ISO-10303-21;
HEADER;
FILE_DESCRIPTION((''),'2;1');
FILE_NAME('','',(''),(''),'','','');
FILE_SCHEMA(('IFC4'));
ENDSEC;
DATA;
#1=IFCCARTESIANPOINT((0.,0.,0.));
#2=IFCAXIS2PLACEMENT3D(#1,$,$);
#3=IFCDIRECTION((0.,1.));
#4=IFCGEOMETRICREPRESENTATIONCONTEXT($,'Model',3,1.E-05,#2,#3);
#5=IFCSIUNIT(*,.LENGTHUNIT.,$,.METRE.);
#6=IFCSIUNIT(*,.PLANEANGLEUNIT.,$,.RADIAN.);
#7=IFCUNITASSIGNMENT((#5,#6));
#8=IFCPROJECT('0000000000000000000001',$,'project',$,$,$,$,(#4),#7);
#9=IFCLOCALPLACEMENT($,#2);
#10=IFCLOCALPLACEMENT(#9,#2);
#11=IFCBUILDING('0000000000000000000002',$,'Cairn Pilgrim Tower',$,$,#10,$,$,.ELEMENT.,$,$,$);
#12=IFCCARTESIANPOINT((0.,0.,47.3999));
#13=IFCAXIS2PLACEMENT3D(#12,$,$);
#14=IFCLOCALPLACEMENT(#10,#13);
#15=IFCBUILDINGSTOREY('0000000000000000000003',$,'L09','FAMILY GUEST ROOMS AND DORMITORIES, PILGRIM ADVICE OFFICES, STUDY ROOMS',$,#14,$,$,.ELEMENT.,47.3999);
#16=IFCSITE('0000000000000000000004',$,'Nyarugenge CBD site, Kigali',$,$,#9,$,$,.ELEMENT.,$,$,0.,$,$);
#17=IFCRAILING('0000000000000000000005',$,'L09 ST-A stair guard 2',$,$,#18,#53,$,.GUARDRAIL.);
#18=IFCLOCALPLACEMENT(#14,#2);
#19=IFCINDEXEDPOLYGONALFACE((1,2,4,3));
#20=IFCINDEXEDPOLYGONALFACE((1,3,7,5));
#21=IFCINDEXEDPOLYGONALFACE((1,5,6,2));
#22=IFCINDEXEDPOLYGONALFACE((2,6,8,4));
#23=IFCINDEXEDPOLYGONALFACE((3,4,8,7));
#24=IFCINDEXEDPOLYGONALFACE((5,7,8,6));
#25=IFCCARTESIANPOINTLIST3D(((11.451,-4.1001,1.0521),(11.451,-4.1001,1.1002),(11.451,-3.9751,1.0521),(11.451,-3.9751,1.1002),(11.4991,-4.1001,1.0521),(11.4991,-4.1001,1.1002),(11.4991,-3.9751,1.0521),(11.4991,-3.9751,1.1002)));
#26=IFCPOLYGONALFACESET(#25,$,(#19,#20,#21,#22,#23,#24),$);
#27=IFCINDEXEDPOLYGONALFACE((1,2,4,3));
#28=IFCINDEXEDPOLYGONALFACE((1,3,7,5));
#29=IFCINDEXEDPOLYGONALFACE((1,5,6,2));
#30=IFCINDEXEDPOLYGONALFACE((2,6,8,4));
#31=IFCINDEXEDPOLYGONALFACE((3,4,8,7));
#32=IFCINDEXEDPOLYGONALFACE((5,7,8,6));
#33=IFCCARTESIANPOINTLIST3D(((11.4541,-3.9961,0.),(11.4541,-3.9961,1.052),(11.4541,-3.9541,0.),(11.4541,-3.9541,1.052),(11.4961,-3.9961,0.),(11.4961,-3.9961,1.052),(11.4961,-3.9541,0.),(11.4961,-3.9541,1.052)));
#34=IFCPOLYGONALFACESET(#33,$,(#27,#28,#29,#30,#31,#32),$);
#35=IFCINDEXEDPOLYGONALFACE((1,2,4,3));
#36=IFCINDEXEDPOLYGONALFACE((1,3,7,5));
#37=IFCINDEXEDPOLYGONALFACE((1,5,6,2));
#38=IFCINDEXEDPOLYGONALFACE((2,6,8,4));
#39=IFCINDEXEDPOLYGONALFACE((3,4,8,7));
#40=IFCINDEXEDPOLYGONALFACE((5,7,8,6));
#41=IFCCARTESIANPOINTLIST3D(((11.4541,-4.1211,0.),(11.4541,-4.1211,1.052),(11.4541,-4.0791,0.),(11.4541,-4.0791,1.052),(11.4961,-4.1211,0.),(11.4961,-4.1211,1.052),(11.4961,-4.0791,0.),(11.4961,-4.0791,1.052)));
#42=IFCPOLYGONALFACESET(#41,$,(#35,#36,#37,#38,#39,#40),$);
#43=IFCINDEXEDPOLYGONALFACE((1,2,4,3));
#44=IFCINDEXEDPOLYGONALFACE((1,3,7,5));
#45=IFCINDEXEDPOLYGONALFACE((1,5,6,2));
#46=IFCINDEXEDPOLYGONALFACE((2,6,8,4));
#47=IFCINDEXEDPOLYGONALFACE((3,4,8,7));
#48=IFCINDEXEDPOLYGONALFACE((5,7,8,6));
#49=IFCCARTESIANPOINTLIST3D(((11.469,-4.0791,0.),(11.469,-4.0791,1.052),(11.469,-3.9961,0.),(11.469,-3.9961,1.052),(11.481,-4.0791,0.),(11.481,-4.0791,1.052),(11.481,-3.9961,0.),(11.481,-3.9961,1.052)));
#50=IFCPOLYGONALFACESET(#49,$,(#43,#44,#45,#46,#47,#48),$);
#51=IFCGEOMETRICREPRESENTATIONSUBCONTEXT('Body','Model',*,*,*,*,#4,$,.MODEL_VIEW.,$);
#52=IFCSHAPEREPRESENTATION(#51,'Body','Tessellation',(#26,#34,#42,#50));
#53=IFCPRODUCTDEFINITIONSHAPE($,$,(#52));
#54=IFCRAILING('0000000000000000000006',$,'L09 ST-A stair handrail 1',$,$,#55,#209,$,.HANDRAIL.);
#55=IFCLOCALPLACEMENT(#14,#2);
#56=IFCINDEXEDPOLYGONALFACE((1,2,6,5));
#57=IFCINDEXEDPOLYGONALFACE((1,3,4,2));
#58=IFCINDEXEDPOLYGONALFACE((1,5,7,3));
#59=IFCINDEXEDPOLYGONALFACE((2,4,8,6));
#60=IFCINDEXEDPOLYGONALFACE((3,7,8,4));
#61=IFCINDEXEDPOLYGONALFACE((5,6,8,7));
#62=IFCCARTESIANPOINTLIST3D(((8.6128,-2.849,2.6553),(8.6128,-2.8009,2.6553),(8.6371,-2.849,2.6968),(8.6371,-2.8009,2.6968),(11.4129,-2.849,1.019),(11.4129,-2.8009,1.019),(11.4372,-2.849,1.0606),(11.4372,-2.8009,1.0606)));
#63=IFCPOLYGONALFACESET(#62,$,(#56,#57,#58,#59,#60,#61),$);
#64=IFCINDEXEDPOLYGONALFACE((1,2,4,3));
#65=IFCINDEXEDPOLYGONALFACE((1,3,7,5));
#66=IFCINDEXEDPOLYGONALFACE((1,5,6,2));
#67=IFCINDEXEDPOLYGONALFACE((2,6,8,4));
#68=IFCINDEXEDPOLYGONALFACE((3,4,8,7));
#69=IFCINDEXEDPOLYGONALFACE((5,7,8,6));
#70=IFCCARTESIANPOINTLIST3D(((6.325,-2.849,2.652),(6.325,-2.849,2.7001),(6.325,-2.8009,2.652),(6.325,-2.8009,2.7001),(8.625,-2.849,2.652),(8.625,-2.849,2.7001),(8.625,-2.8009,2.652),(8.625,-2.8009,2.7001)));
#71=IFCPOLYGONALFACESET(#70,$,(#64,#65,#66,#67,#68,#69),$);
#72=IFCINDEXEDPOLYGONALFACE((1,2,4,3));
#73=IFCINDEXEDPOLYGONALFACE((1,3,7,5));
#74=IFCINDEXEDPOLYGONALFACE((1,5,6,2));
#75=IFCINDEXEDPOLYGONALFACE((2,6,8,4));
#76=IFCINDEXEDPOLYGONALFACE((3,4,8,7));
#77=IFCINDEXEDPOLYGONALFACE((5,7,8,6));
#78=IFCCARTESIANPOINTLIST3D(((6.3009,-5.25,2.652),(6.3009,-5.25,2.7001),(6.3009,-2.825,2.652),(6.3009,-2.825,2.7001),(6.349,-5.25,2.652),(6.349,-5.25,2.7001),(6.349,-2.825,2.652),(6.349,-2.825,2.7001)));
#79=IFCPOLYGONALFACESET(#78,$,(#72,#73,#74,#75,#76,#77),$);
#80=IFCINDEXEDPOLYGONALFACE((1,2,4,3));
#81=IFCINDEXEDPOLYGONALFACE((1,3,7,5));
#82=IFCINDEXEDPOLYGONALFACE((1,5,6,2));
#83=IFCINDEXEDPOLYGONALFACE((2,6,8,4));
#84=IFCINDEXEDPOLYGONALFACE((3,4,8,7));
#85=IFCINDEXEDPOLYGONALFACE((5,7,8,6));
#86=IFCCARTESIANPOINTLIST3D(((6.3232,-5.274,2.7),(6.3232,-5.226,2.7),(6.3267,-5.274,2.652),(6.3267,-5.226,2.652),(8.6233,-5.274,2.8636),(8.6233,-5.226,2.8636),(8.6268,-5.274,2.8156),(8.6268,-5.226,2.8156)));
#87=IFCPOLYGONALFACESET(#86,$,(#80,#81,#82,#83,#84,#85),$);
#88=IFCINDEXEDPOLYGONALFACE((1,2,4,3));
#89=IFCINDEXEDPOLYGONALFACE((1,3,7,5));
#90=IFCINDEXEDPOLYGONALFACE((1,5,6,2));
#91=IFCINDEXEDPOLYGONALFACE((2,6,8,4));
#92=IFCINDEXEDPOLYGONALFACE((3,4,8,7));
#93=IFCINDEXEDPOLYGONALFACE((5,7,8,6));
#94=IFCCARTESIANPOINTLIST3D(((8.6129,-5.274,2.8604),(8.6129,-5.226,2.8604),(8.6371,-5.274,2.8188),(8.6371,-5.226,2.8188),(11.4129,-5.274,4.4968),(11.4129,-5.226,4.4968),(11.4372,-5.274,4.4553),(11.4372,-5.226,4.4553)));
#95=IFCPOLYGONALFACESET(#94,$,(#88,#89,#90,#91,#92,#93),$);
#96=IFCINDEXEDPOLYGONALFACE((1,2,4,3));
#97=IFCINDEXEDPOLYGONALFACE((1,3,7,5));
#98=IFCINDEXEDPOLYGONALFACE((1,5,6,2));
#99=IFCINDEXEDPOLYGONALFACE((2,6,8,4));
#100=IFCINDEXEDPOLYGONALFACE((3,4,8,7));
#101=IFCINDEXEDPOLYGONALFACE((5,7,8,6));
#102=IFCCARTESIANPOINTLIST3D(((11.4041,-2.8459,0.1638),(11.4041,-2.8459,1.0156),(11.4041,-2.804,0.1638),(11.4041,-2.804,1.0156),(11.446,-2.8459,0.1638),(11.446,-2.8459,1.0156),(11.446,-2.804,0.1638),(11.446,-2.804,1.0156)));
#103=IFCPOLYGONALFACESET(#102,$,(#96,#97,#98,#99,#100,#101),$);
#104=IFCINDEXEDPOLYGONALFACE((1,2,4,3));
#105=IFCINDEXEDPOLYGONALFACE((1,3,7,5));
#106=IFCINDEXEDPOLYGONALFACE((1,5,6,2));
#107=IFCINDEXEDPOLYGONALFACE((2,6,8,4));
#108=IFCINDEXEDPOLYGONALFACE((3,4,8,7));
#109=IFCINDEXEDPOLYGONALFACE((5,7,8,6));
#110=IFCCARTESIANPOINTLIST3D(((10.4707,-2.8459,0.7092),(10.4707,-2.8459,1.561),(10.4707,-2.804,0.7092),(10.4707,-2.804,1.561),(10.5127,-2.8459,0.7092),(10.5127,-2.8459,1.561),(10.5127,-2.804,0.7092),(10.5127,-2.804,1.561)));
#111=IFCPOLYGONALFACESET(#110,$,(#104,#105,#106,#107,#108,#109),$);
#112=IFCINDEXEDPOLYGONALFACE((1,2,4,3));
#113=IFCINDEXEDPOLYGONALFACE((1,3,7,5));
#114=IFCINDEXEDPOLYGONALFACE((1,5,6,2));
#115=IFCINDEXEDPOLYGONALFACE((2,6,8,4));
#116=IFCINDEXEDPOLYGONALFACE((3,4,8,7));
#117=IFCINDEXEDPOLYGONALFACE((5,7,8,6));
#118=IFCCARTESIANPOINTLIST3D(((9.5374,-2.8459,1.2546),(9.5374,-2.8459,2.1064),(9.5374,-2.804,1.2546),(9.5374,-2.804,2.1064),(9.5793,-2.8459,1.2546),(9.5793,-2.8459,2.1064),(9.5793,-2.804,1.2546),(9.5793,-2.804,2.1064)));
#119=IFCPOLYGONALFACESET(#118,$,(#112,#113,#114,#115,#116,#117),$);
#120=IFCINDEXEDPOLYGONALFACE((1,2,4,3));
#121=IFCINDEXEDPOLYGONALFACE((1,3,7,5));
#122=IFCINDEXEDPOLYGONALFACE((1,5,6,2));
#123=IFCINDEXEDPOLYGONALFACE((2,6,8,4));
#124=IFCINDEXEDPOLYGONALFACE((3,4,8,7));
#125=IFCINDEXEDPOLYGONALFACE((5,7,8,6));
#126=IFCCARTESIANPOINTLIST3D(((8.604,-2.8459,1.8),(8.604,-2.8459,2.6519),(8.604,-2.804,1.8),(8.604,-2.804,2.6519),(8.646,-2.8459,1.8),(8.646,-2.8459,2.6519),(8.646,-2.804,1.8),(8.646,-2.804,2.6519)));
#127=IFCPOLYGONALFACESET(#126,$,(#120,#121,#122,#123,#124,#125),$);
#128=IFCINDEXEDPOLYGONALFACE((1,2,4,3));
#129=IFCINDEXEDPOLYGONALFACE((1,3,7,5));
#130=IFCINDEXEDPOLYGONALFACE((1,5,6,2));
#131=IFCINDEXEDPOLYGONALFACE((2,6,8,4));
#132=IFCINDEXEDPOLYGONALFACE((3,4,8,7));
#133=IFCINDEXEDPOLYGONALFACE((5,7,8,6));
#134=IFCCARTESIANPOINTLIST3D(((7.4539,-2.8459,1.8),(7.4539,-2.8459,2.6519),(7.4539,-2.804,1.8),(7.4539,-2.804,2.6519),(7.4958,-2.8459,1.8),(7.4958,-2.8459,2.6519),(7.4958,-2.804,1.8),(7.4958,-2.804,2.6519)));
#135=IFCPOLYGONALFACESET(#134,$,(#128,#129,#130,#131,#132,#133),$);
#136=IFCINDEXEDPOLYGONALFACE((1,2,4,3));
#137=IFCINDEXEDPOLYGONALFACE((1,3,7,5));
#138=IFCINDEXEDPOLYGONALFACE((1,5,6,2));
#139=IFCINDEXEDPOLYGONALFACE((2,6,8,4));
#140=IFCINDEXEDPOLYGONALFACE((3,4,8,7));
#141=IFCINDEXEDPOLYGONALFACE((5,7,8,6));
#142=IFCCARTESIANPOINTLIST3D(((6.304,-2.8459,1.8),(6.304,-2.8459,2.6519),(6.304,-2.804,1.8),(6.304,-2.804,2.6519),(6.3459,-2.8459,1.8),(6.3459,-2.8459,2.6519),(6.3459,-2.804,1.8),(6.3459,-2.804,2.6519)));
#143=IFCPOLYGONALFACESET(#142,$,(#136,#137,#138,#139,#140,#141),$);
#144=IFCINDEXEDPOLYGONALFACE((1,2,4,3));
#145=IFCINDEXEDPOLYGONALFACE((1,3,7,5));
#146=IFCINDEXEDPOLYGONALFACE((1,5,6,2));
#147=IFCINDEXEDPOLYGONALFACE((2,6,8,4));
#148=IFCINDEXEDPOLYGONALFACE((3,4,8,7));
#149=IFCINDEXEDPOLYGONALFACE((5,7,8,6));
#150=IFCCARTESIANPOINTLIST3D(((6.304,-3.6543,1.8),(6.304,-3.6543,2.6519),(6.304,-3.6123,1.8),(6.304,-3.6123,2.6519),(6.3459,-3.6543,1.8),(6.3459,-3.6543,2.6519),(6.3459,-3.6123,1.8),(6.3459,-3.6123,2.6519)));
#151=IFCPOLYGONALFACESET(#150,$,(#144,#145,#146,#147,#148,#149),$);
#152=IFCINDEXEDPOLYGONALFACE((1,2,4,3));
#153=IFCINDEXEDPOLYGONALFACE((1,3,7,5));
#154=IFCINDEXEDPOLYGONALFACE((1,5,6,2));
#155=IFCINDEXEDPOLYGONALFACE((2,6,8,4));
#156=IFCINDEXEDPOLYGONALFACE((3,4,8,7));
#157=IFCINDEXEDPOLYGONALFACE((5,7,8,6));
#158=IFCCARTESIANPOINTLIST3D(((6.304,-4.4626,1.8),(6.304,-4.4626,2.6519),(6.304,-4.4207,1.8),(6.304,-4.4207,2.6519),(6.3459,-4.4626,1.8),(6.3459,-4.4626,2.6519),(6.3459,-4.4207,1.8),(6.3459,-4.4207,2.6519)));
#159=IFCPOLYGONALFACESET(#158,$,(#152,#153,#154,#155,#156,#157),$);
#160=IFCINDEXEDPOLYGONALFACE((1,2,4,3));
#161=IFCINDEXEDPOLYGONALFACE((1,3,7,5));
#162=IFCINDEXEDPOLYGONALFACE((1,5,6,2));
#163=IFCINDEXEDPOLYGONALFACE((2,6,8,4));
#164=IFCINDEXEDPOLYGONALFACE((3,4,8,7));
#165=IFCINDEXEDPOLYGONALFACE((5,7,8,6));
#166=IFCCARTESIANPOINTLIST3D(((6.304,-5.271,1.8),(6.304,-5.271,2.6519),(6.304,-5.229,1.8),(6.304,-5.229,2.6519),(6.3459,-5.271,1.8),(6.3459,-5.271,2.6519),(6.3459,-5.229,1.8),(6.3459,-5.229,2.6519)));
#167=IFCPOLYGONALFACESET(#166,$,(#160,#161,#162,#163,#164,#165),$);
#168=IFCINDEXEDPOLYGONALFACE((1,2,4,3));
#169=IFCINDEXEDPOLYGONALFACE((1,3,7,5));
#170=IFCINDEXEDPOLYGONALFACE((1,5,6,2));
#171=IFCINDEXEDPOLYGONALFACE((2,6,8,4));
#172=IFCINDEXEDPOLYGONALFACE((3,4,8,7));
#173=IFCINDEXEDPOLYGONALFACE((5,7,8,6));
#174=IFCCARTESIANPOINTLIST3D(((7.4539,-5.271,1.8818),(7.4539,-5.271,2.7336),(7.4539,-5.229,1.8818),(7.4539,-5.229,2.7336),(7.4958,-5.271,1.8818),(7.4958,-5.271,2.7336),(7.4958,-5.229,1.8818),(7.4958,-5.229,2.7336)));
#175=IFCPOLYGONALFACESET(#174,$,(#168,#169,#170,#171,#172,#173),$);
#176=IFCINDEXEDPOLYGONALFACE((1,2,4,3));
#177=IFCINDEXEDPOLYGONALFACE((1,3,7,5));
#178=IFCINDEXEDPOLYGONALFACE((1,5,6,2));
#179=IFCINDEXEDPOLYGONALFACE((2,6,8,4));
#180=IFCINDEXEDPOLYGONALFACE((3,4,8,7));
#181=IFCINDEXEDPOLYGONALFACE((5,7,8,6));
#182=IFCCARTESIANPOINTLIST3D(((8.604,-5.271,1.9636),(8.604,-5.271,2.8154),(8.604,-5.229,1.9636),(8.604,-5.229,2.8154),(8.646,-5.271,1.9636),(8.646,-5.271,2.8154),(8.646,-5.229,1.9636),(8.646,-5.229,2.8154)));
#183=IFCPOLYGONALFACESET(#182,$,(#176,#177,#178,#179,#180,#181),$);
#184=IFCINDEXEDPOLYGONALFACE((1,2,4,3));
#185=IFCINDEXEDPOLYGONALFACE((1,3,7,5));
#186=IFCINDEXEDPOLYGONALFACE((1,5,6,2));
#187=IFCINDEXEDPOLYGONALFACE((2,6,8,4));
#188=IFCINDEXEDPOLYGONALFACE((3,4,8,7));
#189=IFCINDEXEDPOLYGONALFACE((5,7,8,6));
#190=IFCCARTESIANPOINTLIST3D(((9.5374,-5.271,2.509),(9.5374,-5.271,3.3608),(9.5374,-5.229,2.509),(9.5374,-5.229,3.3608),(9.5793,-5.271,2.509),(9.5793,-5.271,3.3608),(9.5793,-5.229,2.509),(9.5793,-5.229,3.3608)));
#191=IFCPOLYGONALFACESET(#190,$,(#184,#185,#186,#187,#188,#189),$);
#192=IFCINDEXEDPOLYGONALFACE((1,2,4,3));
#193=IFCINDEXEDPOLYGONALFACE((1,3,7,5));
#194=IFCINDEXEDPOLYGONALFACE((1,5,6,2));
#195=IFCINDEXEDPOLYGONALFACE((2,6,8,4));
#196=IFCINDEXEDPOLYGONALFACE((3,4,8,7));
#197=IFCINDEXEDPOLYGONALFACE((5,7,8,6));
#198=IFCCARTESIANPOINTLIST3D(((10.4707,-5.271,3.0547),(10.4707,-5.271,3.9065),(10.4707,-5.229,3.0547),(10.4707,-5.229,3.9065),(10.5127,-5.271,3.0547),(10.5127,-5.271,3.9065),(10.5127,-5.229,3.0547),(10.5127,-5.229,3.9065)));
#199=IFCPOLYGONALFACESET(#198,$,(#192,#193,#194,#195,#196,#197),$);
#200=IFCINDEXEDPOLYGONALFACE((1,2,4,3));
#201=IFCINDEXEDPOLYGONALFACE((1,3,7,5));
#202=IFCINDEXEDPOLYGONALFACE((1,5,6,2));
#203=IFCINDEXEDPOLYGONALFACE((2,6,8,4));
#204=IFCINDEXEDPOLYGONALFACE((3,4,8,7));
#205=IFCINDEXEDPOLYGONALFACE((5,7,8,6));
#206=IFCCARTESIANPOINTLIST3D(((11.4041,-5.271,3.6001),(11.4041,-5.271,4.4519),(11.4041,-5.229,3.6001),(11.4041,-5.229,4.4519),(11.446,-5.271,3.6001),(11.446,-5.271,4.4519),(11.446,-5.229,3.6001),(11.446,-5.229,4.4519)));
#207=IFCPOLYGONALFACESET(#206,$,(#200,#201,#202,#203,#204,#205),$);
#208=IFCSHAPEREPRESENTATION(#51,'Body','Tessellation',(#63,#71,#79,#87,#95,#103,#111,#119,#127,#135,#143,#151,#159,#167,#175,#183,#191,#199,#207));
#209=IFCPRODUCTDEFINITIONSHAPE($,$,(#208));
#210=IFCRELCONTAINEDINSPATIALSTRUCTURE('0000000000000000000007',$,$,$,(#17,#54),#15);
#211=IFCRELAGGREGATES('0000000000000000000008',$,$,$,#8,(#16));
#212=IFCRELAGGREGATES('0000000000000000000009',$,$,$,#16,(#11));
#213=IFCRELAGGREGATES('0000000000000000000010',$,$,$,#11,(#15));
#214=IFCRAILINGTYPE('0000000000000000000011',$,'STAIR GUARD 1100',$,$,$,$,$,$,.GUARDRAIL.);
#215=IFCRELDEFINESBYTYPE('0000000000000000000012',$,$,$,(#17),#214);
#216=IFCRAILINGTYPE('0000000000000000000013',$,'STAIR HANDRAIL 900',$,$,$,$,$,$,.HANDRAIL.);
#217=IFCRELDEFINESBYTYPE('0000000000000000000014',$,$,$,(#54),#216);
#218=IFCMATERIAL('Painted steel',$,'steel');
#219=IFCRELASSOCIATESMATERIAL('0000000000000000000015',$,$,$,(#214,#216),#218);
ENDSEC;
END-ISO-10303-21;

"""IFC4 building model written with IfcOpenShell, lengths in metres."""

from ifc_helpers import new_model, si_unit, direction, frame, origin, origin_2d, place, context, subcontext, project, spatial, polyline, rectangle, outline, extrude, material, type_object, element, save


model = new_model("IFC4")

# Units and contexts
model_context = context("Model", 3, precision=1e-05, world=origin(), true_north=direction((0.0, 1.0)))
body_context = subcontext(model_context, "Body", "Model", "MODEL_VIEW")
ifc_project = project(units=[si_unit("LENGTHUNIT", "METRE"), si_unit("PLANEANGLEUNIT", "RADIAN")], contexts=[model_context])

# Site, building, storey
site_placement = place(None, origin())
site = spatial("IfcSite", under=ifc_project, at=site_placement, Name="Nyarugenge CBD site, Kigali", CompositionType="ELEMENT", RefElevation=0.0)
building_placement = place(site_placement, origin())
building = spatial("IfcBuilding", under=site, at=building_placement, Name="Cairn Pilgrim Tower", CompositionType="ELEMENT")
storey_placement = place(building_placement, frame((0.0, 0.0, 47.3999)))
storey = spatial("IfcBuildingStorey", under=building, at=storey_placement, Name="L09", Description="FAMILY GUEST ROOMS AND DORMITORIES, PILGRIM ADVICE OFFICES, STUDY ROOMS", CompositionType="ELEMENT", Elevation=47.3999)

# Shared definitions
ifc_material_1 = material(Name="Painted steel", Category="steel")

# Railings
railing_type_1 = type_object("IfcRailingType", Name="STAIR GUARD 1100", PredefinedType="GUARDRAIL", material=ifc_material_1)
railing_1_placement = place(storey_placement, frame((11.4751, -3.9751, 0.0)))
element("IfcRailing", 1, at=railing_1_placement, inside=storey, type_object=railing_type_1, Name="L09 ST-A stair guard 2", PredefinedType="GUARDRAIL", context=body_context, shape_type="SweptSolid", body=[
    extrude(rectangle(XDim=0.0481, YDim=0.0481, at=origin_2d()), frame((0.0, 0.0, 1.0762), z_axis=(0.0, -1.0, 0.0), x_axis=(1.0, 0.0, 0.0)), (0.0, 0.0, 1.0), 0.125),
    extrude(rectangle(XDim=0.042, YDim=0.042, at=origin_2d()), origin(), (0.0, 0.0, 1.0), 1.052),
    extrude(rectangle(XDim=0.042, YDim=0.042, at=origin_2d()), frame((0.0, -0.125, 0.0)), (0.0, 0.0, 1.0), 1.052),
    extrude(outline(polyline([(0.021, 0.0), (0.104, 0.0), (0.104, 1.052), (0.021, 1.052), (0.021, 0.0)])), frame((0.0059, 0.0, 0.0), z_axis=(-1.0, 0.0, 0.0), x_axis=(0.0, -1.0, 0.0)), (0.0, 0.0, 1.0), 0.012),
])
railing_type_2 = type_object("IfcRailingType", Name="STAIR HANDRAIL 900", PredefinedType="HANDRAIL", material=ifc_material_1)
railing_2_placement = place(storey_placement, frame((11.425, -2.825, 0.1638)))
element("IfcRailing", 2, at=railing_2_placement, inside=storey, type_object=railing_type_2, Name="L09 ST-A stair handrail 1", PredefinedType="HANDRAIL", context=body_context, shape_type="SweptSolid", body=[
    extrude(rectangle(XDim=0.0481, YDim=0.0481, at=origin_2d()), frame((0.0, 0.0, 0.876), z_axis=(-0.863394, 0.0, 0.504531), x_axis=(0.0, -1.0, 0.0)), (0.0, 0.0, 1.0), 3.2432),
    extrude(rectangle(XDim=0.0481, YDim=0.0481, at=origin_2d()), frame((-2.8, 0.0, 2.5122), z_axis=(-1.0, 0.0, 0.0), x_axis=(0.0, -1.0, 0.0)), (0.0, 0.0, 1.0), 2.3),
    extrude(rectangle(XDim=0.0481, YDim=0.0481, at=origin_2d()), frame((-5.1001, 0.0, 2.5122), z_axis=(0.0, -1.0, 0.0), x_axis=(1.0, 0.0, 0.0)), (0.0, 0.0, 1.0), 2.425),
    extrude(rectangle(XDim=0.0481, YDim=0.0481, at=origin_2d()), frame((-5.1001, -2.425, 2.5122), z_axis=(0.997481, 0.0, 0.070939), x_axis=(0.0, 1.0, 0.0)), (0.0, 0.0, 1.0), 2.3059),
    extrude(rectangle(XDim=0.0481, YDim=0.0481, at=origin_2d()), frame((-2.8, -2.425, 2.6758), z_axis=(0.863361, 0.0, 0.504587), x_axis=(0.0, 1.0, 0.0)), (0.0, 0.0, 1.0), 3.2432),
    extrude(rectangle(XDim=0.042, YDim=0.042, at=origin_2d()), origin(), (0.0, 0.0, 1.0), 0.8518),
    extrude(rectangle(XDim=0.042, YDim=0.042, at=origin_2d()), frame((-0.9333, 0.0, 0.5454)), (0.0, 0.0, 1.0), 0.8518),
    extrude(rectangle(XDim=0.042, YDim=0.042, at=origin_2d()), frame((-1.8667, 0.0, 1.0908)), (0.0, 0.0, 1.0), 0.8518),
    extrude(rectangle(XDim=0.042, YDim=0.042, at=origin_2d()), frame((-2.8, 0.0, 1.6362)), (0.0, 0.0, 1.0), 0.8518),
    extrude(rectangle(XDim=0.042, YDim=0.042, at=origin_2d()), frame((-3.9502, 0.0, 1.6362)), (0.0, 0.0, 1.0), 0.8518),
    extrude(rectangle(XDim=0.042, YDim=0.042, at=origin_2d()), frame((-5.1001, 0.0, 1.6362)), (0.0, 0.0, 1.0), 0.8518),
    extrude(rectangle(XDim=0.042, YDim=0.042, at=origin_2d()), frame((-5.1001, -0.8083, 1.6362)), (0.0, 0.0, 1.0), 0.8518),
    extrude(rectangle(XDim=0.042, YDim=0.042, at=origin_2d()), frame((-5.1001, -1.6167, 1.6362)), (0.0, 0.0, 1.0), 0.8518),
    extrude(rectangle(XDim=0.042, YDim=0.042, at=origin_2d()), frame((-5.1001, -2.425, 1.6362)), (0.0, 0.0, 1.0), 0.8518),
    extrude(rectangle(XDim=0.042, YDim=0.042, at=origin_2d()), frame((-3.9502, -2.425, 1.718)), (0.0, 0.0, 1.0), 0.8518),
    extrude(rectangle(XDim=0.042, YDim=0.042, at=origin_2d()), frame((-2.8, -2.425, 1.7998)), (0.0, 0.0, 1.0), 0.8518),
    extrude(rectangle(XDim=0.042, YDim=0.042, at=origin_2d()), frame((-1.8667, -2.425, 2.3452)), (0.0, 0.0, 1.0), 0.8518),
    extrude(rectangle(XDim=0.042, YDim=0.042, at=origin_2d()), frame((-0.9333, -2.425, 2.8909)), (0.0, 0.0, 1.0), 0.8518),
    extrude(rectangle(XDim=0.042, YDim=0.042, at=origin_2d()), frame((0.0, -2.425, 3.4363)), (0.0, 0.0, 1.0), 0.8518),
])

save(model, "model.ifc")
